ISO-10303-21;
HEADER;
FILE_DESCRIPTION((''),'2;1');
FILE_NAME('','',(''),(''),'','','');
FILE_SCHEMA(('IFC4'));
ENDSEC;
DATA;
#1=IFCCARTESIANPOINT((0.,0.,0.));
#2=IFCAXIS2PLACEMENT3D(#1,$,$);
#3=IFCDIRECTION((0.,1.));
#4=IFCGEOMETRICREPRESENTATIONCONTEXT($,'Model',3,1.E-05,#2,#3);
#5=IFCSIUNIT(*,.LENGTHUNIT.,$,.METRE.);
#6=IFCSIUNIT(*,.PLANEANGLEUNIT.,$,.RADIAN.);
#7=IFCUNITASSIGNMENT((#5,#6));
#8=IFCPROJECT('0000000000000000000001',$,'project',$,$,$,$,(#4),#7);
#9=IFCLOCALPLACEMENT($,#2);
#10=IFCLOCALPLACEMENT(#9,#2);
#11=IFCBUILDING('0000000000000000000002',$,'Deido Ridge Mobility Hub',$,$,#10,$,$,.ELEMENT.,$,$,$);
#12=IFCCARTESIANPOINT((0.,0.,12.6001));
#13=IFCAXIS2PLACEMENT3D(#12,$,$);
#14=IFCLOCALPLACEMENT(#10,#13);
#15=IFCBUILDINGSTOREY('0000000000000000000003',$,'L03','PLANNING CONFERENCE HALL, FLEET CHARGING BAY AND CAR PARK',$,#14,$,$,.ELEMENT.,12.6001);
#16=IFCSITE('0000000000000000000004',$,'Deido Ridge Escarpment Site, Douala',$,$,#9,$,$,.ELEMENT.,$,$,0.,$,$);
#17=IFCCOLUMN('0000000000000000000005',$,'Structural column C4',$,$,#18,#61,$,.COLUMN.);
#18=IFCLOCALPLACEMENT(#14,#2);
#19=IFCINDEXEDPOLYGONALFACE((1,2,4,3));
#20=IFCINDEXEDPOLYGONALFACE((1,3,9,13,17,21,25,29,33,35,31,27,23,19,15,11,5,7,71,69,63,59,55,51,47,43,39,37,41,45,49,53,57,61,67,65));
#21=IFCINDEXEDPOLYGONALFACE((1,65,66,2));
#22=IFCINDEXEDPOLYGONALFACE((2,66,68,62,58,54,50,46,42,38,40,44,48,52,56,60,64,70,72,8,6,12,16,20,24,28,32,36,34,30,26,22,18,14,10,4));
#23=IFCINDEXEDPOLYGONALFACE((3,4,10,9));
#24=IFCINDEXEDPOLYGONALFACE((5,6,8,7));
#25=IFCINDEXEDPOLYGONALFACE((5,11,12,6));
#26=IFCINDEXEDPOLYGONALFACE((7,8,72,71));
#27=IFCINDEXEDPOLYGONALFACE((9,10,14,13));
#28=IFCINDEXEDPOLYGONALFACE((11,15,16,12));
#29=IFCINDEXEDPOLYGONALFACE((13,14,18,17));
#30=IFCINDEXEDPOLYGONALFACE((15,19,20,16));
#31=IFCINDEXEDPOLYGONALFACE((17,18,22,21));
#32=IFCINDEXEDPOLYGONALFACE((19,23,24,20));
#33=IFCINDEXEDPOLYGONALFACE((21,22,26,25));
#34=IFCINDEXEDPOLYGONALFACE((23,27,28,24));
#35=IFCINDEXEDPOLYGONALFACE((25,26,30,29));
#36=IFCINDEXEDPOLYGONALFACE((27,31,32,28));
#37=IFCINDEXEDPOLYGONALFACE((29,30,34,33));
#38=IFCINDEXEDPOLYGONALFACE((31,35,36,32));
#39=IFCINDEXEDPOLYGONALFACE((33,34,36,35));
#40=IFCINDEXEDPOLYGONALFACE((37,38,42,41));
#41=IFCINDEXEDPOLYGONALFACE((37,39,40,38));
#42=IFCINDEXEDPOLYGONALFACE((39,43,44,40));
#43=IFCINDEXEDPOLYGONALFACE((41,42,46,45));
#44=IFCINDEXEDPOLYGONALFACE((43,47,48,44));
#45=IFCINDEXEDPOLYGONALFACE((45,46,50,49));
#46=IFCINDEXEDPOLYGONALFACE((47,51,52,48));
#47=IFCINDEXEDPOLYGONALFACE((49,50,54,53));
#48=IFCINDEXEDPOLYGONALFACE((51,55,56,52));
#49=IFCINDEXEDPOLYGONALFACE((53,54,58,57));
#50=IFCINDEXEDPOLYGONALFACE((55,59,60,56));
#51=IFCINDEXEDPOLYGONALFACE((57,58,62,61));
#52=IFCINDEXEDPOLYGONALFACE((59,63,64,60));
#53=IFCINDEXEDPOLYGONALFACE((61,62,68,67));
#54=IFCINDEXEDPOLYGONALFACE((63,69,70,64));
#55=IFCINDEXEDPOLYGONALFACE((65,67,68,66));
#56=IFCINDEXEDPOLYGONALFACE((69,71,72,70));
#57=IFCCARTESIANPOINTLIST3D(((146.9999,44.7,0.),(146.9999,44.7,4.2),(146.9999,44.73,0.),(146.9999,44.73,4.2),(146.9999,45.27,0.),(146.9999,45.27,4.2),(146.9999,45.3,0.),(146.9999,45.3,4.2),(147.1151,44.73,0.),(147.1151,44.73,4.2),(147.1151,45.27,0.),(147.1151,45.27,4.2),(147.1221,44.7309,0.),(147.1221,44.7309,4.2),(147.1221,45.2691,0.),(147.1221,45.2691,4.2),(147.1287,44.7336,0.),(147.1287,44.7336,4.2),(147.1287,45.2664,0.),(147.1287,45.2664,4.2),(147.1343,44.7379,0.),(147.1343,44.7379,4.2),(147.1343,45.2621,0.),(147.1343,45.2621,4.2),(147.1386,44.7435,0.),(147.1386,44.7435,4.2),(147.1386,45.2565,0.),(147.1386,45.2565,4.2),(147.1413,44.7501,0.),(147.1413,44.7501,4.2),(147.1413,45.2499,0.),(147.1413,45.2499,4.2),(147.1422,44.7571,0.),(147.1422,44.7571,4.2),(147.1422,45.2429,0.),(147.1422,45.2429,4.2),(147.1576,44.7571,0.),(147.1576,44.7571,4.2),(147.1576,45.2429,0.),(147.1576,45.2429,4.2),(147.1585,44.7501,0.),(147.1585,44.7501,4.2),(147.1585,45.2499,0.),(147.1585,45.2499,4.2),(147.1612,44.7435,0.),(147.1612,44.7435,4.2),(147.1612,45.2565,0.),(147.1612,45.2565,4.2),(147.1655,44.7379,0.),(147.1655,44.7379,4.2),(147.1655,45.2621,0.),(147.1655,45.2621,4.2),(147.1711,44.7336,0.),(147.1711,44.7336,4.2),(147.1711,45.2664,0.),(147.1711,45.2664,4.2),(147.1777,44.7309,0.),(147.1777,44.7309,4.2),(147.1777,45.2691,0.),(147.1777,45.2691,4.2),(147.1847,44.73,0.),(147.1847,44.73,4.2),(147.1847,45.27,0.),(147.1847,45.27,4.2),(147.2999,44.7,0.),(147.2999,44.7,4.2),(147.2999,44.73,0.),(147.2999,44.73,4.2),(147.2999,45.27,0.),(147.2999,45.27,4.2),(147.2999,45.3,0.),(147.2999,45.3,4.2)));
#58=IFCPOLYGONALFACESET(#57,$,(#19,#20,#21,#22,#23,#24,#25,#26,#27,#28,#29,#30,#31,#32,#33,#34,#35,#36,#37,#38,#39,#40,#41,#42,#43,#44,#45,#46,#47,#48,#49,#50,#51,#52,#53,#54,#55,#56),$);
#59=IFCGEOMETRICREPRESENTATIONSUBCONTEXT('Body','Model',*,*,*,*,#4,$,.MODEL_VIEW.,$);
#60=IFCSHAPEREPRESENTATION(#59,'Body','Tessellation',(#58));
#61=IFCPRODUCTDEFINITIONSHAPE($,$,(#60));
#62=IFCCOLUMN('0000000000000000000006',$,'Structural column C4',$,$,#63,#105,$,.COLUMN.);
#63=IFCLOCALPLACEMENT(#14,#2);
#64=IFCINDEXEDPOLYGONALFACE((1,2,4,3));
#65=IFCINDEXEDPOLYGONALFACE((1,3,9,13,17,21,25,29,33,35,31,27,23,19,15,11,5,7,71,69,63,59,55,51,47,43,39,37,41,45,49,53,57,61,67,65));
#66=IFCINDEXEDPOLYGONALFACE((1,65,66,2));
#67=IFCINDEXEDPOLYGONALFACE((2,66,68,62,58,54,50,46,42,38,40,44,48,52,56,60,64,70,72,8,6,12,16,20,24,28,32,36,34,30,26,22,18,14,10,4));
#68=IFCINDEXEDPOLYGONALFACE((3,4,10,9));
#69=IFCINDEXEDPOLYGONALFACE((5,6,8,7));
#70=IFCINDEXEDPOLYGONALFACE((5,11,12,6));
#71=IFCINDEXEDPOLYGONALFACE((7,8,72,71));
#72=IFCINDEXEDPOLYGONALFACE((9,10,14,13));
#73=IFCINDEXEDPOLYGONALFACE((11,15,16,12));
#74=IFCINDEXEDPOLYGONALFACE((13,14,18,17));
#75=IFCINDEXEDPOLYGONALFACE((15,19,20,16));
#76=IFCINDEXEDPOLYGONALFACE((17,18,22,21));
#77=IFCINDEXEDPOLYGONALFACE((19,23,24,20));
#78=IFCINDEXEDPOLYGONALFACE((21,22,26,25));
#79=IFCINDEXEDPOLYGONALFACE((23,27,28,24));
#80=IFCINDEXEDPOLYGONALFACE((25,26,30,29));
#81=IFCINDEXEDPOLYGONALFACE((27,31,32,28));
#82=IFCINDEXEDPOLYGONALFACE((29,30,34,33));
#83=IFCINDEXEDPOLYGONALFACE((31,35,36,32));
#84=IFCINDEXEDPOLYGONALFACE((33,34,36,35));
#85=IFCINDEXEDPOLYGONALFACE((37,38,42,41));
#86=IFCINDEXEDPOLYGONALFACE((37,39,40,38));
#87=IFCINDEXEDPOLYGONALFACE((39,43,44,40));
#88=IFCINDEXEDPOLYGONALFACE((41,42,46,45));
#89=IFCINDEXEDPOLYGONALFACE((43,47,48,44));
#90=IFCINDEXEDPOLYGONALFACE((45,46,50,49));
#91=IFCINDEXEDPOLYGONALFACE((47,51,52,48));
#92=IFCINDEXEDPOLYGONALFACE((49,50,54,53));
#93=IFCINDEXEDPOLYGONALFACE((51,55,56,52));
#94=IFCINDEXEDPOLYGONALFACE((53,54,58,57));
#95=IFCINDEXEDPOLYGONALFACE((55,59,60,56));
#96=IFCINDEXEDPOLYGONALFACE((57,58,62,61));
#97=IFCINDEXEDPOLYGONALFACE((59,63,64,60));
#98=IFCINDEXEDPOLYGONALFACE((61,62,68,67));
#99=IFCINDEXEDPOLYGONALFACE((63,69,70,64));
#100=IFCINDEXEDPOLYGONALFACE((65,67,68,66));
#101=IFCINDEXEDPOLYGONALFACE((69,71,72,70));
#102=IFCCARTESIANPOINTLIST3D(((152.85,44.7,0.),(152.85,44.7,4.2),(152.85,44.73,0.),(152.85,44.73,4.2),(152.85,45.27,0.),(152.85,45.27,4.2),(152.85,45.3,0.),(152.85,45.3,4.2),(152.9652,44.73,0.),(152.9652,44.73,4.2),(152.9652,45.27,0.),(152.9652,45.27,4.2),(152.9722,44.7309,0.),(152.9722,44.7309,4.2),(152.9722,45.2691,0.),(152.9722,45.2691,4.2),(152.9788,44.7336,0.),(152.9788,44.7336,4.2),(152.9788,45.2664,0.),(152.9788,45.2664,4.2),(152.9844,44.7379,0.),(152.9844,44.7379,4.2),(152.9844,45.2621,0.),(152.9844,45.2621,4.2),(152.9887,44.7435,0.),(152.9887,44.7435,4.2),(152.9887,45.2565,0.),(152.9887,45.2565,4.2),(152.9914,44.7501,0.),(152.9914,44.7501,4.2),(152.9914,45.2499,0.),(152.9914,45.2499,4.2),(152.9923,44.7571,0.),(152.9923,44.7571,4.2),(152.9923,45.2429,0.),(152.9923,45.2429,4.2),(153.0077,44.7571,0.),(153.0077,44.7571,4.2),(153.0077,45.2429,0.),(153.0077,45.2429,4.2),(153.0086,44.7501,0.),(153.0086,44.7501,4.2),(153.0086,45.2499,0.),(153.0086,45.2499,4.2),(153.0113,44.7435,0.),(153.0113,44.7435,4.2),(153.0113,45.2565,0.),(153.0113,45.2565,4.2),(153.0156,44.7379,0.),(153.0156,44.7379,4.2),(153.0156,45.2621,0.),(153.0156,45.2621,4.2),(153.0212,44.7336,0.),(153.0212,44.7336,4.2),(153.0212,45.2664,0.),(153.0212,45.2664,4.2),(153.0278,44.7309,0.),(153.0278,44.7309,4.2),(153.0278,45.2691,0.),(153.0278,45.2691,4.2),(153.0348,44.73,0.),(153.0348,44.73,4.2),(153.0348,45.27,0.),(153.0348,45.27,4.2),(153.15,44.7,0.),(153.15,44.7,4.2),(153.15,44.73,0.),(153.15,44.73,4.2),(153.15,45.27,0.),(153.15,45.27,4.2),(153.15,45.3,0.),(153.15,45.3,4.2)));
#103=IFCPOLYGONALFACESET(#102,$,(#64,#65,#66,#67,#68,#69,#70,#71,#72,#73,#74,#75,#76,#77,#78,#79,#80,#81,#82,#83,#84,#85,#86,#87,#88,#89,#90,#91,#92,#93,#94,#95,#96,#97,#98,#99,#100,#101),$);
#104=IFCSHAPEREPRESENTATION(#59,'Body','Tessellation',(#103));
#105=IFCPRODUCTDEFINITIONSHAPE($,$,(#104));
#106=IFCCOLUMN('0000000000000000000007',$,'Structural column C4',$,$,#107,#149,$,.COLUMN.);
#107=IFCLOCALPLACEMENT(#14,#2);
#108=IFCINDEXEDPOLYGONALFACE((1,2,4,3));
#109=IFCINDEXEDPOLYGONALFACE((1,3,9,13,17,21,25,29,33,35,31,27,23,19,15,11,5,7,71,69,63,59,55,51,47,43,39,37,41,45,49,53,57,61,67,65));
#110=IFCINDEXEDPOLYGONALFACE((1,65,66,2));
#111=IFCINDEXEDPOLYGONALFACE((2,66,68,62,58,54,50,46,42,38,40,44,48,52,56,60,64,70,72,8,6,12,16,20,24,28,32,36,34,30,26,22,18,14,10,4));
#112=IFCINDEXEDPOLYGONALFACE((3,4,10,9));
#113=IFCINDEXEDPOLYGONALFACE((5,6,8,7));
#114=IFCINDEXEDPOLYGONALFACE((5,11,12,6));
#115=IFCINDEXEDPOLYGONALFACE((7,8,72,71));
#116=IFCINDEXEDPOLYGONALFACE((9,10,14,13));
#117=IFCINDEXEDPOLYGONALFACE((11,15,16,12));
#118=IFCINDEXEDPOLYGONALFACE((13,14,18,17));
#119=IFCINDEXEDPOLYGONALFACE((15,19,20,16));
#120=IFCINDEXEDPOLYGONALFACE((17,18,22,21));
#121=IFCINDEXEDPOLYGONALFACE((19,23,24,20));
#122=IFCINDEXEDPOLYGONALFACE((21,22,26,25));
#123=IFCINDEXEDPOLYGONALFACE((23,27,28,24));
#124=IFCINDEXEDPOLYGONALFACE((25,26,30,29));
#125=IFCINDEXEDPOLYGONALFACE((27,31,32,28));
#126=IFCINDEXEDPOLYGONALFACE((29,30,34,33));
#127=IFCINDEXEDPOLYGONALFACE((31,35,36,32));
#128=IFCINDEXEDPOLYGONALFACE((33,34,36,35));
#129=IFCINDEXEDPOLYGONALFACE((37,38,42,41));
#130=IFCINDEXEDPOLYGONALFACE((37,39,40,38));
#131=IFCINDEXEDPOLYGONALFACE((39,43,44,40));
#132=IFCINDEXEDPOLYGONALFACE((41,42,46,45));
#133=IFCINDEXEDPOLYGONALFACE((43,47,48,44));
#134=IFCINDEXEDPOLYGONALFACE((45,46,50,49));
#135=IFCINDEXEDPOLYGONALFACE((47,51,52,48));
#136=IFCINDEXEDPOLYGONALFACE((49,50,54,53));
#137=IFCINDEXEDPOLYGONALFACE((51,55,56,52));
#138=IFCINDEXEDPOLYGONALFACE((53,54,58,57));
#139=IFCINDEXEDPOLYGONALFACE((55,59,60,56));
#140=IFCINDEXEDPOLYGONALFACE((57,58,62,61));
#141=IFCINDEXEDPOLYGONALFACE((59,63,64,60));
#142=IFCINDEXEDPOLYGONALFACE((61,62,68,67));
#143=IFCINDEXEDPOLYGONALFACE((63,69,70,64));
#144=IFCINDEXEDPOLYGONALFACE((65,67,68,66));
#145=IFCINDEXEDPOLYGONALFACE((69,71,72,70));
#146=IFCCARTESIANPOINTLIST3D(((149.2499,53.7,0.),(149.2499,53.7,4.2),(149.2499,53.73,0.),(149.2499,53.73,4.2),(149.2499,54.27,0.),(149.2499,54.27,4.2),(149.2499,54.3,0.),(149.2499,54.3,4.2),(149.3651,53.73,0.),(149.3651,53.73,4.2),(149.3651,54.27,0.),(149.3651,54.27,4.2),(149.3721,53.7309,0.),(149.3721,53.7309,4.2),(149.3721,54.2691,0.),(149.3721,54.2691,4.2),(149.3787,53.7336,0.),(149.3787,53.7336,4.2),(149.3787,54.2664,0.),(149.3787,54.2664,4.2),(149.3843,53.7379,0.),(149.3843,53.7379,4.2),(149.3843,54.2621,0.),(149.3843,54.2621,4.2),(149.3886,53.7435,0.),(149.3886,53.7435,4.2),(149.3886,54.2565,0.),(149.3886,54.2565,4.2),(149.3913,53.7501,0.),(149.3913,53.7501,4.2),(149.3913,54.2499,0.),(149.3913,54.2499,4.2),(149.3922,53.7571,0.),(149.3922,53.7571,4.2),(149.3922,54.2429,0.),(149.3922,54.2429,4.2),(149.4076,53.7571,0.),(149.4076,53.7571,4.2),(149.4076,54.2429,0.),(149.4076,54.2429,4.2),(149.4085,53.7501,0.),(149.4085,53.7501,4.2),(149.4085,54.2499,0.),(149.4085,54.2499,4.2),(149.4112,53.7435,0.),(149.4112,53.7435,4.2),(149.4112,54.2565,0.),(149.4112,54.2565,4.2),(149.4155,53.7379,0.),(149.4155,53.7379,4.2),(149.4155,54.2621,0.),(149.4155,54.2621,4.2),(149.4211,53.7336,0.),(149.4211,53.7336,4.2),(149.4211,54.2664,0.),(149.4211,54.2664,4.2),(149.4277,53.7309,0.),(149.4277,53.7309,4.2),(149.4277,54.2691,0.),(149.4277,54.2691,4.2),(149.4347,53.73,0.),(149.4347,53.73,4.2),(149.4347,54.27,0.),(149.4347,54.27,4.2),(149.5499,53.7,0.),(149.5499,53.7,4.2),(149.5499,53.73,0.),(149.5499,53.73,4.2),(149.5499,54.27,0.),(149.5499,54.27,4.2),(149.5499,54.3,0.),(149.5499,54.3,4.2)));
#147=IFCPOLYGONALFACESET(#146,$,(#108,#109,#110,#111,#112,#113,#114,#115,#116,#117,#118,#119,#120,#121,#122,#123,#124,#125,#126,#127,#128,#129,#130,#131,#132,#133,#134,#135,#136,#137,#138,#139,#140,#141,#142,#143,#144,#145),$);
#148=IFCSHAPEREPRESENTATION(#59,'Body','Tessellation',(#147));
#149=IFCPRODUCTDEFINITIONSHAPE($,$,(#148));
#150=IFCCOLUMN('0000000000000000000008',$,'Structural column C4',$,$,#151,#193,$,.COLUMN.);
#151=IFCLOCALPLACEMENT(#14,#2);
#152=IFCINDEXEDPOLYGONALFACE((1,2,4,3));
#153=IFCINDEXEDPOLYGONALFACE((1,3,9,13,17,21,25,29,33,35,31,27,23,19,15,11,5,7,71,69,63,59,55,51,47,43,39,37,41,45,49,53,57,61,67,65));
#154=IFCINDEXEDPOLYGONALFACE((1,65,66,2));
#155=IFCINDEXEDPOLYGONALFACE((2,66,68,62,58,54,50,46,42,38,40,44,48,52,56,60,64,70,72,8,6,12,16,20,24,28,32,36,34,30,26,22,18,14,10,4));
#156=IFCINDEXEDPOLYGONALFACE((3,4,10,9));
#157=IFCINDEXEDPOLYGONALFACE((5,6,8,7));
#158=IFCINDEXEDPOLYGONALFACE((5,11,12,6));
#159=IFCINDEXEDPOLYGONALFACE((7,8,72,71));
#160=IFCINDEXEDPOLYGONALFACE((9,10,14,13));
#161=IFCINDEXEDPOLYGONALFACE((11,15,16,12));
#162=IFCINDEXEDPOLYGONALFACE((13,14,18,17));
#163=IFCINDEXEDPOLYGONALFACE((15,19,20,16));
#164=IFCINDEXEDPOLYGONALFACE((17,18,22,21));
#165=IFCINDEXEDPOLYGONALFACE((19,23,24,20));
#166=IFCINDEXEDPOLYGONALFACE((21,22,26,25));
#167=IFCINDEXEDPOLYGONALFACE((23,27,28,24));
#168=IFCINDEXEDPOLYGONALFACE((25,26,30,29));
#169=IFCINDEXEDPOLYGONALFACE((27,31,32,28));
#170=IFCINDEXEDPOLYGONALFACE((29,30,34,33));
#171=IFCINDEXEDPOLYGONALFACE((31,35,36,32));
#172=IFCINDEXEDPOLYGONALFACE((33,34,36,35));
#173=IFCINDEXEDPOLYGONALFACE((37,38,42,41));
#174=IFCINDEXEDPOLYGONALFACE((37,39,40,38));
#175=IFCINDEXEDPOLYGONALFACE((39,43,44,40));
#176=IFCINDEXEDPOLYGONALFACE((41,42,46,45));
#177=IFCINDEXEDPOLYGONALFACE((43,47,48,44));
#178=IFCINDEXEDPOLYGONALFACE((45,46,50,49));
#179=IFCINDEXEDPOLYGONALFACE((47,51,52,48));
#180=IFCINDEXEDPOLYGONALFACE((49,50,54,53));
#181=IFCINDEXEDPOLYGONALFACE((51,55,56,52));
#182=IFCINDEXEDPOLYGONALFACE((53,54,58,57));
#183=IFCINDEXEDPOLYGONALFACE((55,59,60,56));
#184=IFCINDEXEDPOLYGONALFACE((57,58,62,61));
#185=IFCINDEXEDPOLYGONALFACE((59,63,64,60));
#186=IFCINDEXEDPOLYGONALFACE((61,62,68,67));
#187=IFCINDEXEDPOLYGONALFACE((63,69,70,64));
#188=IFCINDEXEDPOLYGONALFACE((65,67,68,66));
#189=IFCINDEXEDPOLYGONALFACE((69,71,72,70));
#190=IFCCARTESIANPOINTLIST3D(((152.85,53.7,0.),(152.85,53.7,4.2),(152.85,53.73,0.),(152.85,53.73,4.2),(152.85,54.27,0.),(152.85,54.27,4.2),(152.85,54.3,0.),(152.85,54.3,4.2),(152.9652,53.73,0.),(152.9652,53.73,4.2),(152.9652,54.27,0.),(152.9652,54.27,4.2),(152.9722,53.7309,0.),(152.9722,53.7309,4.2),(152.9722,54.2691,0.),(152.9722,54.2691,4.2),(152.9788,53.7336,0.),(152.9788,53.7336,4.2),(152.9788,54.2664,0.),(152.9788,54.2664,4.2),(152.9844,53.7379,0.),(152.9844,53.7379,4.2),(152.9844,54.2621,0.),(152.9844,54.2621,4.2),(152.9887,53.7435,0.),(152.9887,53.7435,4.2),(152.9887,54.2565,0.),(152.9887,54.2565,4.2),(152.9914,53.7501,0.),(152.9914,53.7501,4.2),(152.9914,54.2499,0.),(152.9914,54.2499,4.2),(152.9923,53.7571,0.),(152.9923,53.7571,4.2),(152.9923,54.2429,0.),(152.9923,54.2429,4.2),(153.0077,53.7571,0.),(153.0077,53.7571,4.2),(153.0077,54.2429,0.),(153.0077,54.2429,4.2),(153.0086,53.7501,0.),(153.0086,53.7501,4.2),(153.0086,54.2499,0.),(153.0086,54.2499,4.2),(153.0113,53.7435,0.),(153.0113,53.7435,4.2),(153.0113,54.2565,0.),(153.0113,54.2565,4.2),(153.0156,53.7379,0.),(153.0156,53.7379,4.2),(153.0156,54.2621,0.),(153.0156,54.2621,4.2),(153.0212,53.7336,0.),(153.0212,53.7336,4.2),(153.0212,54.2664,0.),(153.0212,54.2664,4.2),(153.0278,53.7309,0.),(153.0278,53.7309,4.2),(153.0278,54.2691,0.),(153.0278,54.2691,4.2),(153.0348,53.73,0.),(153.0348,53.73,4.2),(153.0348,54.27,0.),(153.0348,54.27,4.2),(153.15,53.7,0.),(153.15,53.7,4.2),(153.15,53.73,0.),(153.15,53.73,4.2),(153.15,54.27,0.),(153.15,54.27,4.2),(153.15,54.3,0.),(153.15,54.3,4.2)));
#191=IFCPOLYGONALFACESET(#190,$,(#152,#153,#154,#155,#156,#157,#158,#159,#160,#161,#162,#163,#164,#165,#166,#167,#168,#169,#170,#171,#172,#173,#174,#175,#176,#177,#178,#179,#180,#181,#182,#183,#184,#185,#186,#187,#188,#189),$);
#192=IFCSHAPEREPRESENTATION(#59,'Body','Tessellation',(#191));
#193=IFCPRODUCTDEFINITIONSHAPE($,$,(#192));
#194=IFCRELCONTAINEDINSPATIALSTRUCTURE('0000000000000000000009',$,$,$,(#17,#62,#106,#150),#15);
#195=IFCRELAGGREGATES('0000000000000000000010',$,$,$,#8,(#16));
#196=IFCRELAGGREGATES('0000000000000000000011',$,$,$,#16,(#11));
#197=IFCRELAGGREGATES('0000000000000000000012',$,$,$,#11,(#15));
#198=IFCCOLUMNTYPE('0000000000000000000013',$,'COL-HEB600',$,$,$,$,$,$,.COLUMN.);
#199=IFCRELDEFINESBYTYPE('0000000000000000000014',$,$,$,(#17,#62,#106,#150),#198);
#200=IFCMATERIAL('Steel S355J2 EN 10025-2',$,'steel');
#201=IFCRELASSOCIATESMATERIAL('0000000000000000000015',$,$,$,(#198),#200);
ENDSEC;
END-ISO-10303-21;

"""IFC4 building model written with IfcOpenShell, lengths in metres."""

from ifc_helpers import new_model, si_unit, direction, frame, origin, origin_2d, place, context, subcontext, project, spatial, i_section, extrude, material, material_profile, profile_set, type_object, element, save


model = new_model("IFC4")

# Units and contexts
model_context = context("Model", 3, precision=1e-05, world=origin(), true_north=direction((0.0, 1.0)))
body_context = subcontext(model_context, "Body", "Model", "MODEL_VIEW")
ifc_project = project(units=[si_unit("LENGTHUNIT", "METRE"), si_unit("PLANEANGLEUNIT", "RADIAN")], contexts=[model_context])

# Site, building, storey
site_placement = place(None, origin())
site = spatial("IfcSite", under=ifc_project, at=site_placement, Name="Deido Ridge Escarpment Site, Douala", CompositionType="ELEMENT", RefElevation=0.0)
building_placement = place(site_placement, origin())
building = spatial("IfcBuilding", under=site, at=building_placement, Name="Deido Ridge Mobility Hub", CompositionType="ELEMENT")
storey_placement = place(building_placement, frame((0.0, 0.0, 12.6001)))
storey = spatial("IfcBuildingStorey", under=building, at=storey_placement, Name="L03", Description="PLANNING CONFERENCE HALL, FLEET CHARGING BAY AND CAR PARK", CompositionType="ELEMENT", Elevation=12.6001)

# Columns
ifc_material_1 = material(Name="Steel S355J2 EN 10025-2", Category="steel")
ifc_material_profile_1 = material_profile(ifc_material_1, i_section(OverallWidth=0.3, OverallDepth=0.6001, WebThickness=0.0154, FlangeThickness=0.03, FilletRadius=0.0271, at=origin_2d()), Name="HEB 600")
ifc_profile_set_1 = profile_set([ifc_material_profile_1], Name="Steel S355J2 EN 10025-2")
column_type_1 = type_object("IfcColumnType", Name="COL-HEB600", PredefinedType="COLUMN", material=ifc_profile_set_1)
for number, where, z_axis, x_axis, name in (
    (1, (147.1499, 45.0, 0.0), (0.0, 0.0, 1.0), (1.0, 0.0, 0.0), "Structural column C4"),
    (2, (153.0, 45.0, 0.0), (0.0, 0.0, 1.0), (1.0, 0.0, 0.0), "Structural column C4"),
    (3, (149.3999, 54.0, 0.0), (0.0, 0.0, 1.0), (1.0, 0.0, 0.0), "Structural column C4"),
    (4, (153.0, 54.0, 0.0), (0.0, 0.0, 1.0), (1.0, 0.0, 0.0), "Structural column C4"),
):
    element("IfcColumn", number, at=place(storey_placement, frame(where, z_axis=z_axis, x_axis=x_axis)), inside=storey, type_object=column_type_1, Name=name, PredefinedType="COLUMN", context=body_context, shape_type="SweptSolid", body=[
        extrude(i_section(OverallWidth=0.3, OverallDepth=0.6001, WebThickness=0.0154, FlangeThickness=0.03, FilletRadius=0.0271, at=origin_2d()), origin(), (0.0, 0.0, 1.0), 4.2),
    ])

save(model, "model.ifc")
